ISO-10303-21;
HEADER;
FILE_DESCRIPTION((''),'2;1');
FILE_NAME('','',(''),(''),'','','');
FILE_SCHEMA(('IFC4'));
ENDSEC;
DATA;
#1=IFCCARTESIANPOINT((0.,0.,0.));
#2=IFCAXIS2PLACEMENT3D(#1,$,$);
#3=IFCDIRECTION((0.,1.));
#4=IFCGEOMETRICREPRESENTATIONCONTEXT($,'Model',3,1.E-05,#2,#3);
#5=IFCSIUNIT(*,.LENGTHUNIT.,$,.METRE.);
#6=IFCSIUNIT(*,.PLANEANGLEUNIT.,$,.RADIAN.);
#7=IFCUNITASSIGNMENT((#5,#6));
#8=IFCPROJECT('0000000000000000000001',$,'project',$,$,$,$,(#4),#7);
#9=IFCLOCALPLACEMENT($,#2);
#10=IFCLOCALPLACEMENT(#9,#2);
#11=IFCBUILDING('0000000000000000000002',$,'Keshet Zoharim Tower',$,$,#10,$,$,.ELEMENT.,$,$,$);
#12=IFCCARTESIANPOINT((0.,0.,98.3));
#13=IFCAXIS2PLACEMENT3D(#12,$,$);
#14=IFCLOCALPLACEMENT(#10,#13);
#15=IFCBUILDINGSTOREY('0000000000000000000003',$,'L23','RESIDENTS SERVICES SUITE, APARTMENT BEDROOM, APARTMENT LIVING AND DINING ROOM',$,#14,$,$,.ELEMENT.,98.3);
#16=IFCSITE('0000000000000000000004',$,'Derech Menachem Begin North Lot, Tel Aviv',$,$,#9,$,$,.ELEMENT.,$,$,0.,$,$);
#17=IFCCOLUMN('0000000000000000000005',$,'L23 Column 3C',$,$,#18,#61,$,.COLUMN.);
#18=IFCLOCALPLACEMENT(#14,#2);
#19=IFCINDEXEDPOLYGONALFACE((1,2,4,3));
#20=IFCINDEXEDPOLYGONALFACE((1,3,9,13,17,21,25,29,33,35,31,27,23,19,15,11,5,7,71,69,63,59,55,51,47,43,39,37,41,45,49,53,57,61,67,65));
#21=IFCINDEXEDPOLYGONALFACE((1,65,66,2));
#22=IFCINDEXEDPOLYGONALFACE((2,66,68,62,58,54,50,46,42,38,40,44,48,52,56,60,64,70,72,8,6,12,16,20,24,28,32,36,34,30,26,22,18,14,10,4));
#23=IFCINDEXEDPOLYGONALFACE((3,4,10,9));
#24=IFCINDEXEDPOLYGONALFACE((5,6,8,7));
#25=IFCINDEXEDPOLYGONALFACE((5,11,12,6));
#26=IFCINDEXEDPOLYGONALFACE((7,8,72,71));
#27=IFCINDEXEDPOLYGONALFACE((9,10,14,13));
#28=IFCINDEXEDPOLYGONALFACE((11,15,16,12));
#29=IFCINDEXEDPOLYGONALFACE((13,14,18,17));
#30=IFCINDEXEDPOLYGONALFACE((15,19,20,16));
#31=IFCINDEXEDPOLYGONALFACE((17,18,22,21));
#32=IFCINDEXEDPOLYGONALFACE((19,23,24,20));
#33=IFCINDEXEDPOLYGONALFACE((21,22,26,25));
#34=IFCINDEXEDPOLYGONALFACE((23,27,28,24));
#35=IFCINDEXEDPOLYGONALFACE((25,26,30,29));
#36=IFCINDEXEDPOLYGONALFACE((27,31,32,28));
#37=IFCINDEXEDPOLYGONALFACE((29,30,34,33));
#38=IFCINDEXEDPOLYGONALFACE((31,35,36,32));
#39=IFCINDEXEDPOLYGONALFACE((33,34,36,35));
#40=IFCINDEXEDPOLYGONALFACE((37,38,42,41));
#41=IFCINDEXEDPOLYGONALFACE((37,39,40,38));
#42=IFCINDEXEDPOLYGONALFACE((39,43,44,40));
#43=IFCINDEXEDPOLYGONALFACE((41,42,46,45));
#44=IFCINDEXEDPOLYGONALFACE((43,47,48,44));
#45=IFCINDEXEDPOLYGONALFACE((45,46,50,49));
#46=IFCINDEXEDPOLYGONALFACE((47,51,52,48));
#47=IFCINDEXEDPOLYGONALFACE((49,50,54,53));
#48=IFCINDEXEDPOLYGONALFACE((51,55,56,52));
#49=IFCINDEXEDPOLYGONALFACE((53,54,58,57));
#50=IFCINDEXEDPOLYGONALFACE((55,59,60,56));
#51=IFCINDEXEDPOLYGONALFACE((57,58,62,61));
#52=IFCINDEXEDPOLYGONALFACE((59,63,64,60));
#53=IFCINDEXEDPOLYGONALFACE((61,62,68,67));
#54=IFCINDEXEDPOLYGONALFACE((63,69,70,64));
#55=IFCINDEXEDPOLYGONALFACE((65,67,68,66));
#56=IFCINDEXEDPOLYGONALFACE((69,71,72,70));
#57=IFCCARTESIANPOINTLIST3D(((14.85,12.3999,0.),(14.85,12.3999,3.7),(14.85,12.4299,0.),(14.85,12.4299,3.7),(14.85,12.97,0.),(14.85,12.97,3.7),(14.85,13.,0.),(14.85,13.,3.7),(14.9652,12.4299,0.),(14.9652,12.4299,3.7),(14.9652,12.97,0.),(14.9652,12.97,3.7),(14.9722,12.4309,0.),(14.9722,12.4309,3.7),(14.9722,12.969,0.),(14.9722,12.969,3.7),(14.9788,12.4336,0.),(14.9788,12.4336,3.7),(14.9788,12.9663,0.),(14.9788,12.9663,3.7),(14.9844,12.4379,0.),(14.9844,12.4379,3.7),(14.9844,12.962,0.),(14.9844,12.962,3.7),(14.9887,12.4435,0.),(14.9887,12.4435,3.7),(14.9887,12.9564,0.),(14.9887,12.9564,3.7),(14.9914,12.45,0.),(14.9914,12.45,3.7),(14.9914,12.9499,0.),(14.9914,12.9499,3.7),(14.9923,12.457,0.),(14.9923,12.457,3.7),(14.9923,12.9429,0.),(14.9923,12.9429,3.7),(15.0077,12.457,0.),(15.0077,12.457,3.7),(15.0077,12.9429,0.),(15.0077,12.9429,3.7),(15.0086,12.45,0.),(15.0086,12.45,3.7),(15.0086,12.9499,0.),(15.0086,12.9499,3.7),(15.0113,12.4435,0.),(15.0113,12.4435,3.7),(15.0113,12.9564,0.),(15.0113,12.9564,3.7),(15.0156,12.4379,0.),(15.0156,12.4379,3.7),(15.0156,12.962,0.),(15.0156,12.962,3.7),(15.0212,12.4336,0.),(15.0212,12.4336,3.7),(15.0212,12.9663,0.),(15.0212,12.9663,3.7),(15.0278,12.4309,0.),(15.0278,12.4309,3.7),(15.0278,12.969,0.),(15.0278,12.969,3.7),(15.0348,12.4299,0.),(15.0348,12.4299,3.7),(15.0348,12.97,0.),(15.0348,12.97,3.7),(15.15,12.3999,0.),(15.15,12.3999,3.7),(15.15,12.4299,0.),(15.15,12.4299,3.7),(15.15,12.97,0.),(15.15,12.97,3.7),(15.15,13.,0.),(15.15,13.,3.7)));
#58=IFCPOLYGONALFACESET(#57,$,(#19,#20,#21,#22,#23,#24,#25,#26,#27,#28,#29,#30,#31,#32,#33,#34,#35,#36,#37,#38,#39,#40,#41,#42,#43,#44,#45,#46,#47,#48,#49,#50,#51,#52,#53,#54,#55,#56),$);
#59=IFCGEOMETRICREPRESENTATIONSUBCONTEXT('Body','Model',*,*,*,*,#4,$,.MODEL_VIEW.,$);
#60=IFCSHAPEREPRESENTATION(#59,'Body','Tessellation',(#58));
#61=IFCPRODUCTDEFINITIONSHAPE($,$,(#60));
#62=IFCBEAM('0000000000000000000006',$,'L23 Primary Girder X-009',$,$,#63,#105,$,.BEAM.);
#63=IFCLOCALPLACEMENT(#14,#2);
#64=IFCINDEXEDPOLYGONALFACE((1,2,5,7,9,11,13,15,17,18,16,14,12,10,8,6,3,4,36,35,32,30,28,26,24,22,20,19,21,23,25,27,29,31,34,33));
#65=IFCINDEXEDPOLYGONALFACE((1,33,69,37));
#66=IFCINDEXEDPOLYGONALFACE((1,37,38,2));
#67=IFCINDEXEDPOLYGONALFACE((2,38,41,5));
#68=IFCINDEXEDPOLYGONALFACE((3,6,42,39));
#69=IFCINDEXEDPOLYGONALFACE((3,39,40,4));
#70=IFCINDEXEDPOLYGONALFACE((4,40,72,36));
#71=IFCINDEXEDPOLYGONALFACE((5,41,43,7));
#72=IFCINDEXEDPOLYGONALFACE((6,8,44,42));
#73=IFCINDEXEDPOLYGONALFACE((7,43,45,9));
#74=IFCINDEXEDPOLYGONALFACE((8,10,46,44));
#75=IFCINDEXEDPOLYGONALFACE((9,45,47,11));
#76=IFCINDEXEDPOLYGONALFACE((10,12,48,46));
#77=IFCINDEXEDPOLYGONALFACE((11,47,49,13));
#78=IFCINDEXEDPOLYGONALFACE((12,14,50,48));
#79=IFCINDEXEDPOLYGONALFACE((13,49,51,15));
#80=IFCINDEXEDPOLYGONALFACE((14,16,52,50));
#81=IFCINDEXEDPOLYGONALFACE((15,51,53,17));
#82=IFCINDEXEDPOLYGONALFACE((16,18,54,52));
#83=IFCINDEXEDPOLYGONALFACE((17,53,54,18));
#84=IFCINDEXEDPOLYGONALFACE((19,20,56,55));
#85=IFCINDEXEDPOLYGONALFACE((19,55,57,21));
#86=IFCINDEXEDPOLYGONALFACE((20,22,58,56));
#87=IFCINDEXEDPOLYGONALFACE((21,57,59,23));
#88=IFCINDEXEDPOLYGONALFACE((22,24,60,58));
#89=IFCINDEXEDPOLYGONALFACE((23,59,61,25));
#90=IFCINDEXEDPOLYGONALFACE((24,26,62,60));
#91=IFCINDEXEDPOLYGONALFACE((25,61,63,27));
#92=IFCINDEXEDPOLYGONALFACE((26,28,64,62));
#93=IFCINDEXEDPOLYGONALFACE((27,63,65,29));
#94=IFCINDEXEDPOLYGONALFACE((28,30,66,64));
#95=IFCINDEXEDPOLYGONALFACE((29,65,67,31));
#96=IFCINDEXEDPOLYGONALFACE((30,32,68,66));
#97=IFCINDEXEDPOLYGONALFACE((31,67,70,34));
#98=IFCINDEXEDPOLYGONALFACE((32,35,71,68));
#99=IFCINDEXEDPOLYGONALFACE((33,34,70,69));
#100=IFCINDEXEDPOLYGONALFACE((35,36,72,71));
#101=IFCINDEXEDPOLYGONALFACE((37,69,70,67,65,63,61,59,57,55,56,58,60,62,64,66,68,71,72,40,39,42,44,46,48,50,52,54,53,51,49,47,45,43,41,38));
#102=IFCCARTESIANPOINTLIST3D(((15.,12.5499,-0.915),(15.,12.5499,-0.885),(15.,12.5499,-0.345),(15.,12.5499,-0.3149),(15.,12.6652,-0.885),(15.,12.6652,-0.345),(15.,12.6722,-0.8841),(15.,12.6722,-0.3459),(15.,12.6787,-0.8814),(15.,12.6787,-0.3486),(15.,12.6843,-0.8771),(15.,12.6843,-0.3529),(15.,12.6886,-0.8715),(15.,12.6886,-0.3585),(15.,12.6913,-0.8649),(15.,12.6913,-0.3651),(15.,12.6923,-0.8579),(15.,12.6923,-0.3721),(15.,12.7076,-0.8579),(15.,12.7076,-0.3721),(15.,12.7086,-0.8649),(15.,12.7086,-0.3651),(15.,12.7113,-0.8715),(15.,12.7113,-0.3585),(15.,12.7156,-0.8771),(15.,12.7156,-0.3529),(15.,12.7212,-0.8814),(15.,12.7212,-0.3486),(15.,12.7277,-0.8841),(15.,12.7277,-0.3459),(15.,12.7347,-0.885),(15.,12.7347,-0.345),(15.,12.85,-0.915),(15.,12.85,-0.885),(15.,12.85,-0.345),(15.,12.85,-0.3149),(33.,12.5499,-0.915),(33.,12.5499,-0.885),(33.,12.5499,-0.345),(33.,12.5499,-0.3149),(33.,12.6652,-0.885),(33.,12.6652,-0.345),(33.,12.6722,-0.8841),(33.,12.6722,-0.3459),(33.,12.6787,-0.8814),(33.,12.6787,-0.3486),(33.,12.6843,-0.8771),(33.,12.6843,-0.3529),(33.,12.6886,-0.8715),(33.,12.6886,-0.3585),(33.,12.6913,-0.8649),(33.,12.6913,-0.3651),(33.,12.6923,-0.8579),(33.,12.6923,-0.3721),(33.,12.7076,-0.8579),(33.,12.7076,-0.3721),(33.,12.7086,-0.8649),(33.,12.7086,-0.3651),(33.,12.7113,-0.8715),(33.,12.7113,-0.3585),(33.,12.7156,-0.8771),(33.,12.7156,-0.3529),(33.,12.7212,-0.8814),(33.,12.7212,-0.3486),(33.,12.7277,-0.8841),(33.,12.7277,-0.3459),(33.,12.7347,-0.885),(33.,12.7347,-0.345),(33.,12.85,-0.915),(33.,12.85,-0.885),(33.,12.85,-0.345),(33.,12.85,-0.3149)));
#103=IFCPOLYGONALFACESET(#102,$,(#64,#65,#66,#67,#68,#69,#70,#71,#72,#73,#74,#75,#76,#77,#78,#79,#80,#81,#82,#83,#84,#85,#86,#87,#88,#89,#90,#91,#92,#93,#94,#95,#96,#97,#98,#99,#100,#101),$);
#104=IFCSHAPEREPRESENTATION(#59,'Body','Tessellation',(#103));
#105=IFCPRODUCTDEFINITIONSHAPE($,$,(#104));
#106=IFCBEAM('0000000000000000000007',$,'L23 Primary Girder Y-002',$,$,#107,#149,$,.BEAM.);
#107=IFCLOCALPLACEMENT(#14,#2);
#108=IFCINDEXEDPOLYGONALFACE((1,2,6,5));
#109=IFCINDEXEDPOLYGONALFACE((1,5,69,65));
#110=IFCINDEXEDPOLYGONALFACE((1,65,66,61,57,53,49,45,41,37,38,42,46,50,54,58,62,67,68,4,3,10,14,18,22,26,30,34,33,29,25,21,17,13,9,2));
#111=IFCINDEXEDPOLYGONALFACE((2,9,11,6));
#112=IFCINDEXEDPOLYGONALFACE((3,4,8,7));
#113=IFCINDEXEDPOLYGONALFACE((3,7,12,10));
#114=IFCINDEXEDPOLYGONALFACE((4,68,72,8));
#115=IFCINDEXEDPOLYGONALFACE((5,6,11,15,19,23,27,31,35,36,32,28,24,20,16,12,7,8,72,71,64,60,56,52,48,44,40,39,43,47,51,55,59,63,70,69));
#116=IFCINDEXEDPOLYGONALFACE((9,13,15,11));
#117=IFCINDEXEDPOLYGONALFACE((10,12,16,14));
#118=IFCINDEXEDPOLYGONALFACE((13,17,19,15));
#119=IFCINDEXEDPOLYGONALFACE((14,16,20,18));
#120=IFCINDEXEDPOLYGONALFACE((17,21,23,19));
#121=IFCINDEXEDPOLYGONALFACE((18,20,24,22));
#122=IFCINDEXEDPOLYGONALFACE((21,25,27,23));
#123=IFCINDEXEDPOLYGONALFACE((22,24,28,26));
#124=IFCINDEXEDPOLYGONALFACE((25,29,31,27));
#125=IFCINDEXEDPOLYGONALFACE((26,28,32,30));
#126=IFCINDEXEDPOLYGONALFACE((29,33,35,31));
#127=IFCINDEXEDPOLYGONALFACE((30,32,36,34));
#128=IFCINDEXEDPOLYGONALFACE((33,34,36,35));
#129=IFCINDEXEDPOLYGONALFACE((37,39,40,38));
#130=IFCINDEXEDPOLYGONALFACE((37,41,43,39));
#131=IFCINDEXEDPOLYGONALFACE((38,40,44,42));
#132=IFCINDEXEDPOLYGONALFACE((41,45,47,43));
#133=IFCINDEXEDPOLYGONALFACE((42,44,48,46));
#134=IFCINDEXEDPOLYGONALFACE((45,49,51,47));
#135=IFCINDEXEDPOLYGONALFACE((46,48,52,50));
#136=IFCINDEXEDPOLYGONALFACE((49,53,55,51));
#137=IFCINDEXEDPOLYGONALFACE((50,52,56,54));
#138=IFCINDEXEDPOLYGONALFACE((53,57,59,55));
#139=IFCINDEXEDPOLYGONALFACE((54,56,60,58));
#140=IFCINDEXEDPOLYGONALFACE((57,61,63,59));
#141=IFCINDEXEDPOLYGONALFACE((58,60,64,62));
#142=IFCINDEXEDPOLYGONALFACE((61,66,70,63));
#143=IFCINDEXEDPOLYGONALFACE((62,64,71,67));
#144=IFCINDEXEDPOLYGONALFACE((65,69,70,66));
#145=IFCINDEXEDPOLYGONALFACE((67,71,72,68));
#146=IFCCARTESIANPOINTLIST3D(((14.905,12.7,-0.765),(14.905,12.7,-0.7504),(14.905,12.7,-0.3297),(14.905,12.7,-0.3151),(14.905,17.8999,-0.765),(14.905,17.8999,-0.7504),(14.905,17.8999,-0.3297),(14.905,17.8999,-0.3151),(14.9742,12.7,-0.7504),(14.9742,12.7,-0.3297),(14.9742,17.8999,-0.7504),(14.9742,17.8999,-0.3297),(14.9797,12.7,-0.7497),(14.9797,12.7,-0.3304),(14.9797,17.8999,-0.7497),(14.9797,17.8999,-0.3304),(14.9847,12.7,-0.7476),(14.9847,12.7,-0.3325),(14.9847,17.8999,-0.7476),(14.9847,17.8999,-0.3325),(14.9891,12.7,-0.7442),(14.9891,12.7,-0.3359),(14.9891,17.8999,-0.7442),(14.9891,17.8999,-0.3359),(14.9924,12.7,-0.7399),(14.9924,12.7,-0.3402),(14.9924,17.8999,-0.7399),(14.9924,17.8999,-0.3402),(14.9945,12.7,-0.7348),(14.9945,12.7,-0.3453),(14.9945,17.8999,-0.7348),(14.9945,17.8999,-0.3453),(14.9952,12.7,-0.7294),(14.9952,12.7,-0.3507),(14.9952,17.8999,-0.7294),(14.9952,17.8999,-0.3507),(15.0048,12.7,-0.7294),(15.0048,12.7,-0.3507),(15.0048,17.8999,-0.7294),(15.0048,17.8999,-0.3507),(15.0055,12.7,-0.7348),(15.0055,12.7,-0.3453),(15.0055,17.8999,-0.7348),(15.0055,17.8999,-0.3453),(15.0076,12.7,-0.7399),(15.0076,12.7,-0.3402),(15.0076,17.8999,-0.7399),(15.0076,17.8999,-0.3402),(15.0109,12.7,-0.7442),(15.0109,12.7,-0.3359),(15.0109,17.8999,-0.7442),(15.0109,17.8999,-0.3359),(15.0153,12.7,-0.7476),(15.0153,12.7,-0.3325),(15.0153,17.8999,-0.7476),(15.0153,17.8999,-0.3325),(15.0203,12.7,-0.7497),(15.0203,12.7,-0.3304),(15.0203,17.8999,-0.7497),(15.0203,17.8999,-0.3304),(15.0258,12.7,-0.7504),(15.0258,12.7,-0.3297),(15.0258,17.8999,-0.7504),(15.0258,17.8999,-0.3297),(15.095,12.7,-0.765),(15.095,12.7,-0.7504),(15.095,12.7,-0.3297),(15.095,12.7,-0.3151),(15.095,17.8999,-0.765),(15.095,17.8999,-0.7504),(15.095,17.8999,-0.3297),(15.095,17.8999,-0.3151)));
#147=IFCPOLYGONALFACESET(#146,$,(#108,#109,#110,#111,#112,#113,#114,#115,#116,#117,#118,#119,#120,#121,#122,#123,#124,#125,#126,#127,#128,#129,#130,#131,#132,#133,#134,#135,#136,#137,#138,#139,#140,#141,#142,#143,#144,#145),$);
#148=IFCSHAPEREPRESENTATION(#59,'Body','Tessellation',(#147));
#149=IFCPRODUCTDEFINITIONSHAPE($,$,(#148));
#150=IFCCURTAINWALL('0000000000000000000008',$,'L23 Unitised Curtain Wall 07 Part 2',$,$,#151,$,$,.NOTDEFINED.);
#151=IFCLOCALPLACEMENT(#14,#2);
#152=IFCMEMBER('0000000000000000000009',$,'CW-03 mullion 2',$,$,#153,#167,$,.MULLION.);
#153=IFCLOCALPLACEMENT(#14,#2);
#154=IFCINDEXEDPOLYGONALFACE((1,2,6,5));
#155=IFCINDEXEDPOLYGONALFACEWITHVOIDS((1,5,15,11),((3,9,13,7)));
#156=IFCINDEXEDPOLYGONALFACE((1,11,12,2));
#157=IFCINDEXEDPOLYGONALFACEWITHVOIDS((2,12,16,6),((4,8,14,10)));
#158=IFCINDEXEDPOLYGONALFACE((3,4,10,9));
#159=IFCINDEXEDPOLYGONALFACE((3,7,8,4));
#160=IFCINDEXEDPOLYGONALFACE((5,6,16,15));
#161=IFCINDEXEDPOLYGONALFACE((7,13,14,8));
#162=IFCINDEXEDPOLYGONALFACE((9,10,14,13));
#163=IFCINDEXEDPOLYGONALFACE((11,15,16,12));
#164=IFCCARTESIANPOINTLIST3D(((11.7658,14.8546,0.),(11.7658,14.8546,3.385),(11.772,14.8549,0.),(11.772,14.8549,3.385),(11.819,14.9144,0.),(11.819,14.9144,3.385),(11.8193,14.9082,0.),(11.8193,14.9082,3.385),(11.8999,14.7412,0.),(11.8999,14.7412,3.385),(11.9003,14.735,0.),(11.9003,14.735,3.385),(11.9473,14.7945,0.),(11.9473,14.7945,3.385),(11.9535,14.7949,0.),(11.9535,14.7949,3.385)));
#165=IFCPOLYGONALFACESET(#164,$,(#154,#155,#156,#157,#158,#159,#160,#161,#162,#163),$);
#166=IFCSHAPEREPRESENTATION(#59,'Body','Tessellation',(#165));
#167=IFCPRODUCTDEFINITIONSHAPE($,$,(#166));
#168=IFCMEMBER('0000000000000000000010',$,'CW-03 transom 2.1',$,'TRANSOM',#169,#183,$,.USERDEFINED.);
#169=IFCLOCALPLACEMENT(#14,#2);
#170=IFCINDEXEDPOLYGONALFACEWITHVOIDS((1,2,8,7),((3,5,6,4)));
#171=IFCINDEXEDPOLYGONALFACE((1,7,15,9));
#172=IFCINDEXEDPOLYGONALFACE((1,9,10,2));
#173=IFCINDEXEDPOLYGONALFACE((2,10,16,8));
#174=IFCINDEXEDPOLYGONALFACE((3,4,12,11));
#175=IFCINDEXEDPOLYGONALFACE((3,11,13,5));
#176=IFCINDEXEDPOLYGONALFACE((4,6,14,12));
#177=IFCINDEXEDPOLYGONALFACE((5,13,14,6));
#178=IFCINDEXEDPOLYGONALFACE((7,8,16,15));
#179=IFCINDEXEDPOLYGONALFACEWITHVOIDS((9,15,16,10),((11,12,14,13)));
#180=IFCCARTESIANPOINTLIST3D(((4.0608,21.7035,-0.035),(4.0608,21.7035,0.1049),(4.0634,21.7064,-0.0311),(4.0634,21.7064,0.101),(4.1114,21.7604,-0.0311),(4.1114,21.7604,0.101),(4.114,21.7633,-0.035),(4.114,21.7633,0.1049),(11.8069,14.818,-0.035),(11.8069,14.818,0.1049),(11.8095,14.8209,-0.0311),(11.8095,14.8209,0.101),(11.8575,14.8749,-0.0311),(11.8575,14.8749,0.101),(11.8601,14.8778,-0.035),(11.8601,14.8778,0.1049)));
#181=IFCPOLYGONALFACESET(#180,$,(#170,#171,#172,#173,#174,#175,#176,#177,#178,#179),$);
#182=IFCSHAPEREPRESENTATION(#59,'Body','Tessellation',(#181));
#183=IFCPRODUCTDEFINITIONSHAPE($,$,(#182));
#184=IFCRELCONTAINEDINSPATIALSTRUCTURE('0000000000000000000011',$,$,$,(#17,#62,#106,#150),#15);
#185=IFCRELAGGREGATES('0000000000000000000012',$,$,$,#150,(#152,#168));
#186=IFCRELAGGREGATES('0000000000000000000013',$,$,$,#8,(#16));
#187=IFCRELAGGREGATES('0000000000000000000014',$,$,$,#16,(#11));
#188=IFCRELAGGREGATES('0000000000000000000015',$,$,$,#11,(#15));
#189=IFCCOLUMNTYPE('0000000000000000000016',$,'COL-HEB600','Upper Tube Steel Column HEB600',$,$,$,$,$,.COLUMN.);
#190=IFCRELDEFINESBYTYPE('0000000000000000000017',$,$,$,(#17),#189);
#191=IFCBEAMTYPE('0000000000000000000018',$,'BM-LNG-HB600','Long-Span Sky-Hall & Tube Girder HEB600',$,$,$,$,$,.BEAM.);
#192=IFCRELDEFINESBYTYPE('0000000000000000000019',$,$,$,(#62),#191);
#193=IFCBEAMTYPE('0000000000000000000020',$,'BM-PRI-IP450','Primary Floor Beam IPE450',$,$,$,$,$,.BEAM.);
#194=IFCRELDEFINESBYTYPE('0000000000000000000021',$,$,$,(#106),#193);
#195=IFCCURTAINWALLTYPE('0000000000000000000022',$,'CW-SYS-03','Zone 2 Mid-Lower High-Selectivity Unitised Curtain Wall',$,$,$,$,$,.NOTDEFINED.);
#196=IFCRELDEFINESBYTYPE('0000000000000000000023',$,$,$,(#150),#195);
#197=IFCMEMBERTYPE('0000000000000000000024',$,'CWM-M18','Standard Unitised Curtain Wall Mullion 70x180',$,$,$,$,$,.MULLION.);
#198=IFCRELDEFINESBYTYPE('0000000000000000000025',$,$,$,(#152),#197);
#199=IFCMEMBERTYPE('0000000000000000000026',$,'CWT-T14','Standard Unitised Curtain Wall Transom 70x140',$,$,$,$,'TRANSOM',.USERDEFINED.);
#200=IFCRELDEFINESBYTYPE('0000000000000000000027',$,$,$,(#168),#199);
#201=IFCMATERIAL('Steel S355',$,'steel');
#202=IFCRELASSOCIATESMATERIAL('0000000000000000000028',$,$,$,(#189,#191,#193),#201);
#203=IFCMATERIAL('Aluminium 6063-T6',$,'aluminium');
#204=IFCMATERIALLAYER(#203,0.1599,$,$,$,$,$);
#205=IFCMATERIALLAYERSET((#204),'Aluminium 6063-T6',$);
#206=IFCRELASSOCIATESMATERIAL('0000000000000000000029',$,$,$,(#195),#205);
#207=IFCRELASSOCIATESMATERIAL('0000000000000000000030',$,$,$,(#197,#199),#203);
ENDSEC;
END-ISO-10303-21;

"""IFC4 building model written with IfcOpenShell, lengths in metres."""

from ifc_helpers import new_model, si_unit, direction, frame, origin, origin_2d, place, context, subcontext, project, spatial, hollow_rectangle, i_section, extrude, material, layer, layer_set, material_profile, profile_set, type_object, element, aggregate, save


model = new_model("IFC4")

# Units and contexts
model_context = context("Model", 3, precision=1e-05, world=origin(), true_north=direction((0.0, 1.0)))
body_context = subcontext(model_context, "Body", "Model", "MODEL_VIEW")
ifc_project = project(units=[si_unit("LENGTHUNIT", "METRE"), si_unit("PLANEANGLEUNIT", "RADIAN")], contexts=[model_context])

# Site, building, storey
site_placement = place(None, origin())
site = spatial("IfcSite", under=ifc_project, at=site_placement, Name="Derech Menachem Begin North Lot, Tel Aviv", CompositionType="ELEMENT", RefElevation=0.0)
building_placement = place(site_placement, origin())
building = spatial("IfcBuilding", under=site, at=building_placement, Name="Keshet Zoharim Tower", CompositionType="ELEMENT")
storey_placement = place(building_placement, frame((0.0, 0.0, 98.3)))
storey = spatial("IfcBuildingStorey", under=building, at=storey_placement, Name="L23", Description="RESIDENTS SERVICES SUITE, APARTMENT BEDROOM, APARTMENT LIVING AND DINING ROOM", CompositionType="ELEMENT", Elevation=98.3)

# Column
ifc_material_1 = material(Name="Steel S355", Category="steel")
ifc_material_profile_1 = material_profile(ifc_material_1, i_section(OverallWidth=0.3, OverallDepth=0.6001, WebThickness=0.0154, FlangeThickness=0.03, FilletRadius=0.0271, at=origin_2d()), Name="HEB600")
ifc_profile_set_1 = profile_set([ifc_material_profile_1], Name="Steel S355")
column_type = type_object("IfcColumnType", Name="COL-HEB600", Description="Upper Tube Steel Column HEB600", PredefinedType="COLUMN", material=ifc_profile_set_1)
column_placement = place(storey_placement, frame((15.0, 12.7, 0.0), z_axis=(0.0, 0.0, 1.0), x_axis=(1.0, 0.0, 0.0)))
element("IfcColumn", 1, at=column_placement, inside=storey, type_object=column_type, Name="L23 Column 3C", PredefinedType="COLUMN", context=body_context, shape_type="SweptSolid", body=[
    extrude(i_section(OverallWidth=0.3, OverallDepth=0.6001, WebThickness=0.0154, FlangeThickness=0.03, FilletRadius=0.0271, at=origin_2d()), origin(), (0.0, 0.0, 1.0), 3.7),
])

# Beams
ifc_material_profile_2 = material_profile(ifc_material_1, i_section(OverallWidth=0.3, OverallDepth=0.6001, WebThickness=0.0154, FlangeThickness=0.03, FilletRadius=0.0271, at=origin_2d()), Name="HEB600")
ifc_profile_set_2 = profile_set([ifc_material_profile_2], Name="Steel S355")
beam_type_1 = type_object("IfcBeamType", Name="BM-LNG-HB600", Description="Long-Span Sky-Hall & Tube Girder HEB600", PredefinedType="BEAM", material=ifc_profile_set_2)
beam_1_placement = place(storey_placement, frame((15.0, 12.7, -0.615), z_axis=(1.0, 0.0, 0.0), x_axis=(0.0, 1.0, 0.0)))
element("IfcBeam", 2, at=beam_1_placement, inside=storey, type_object=beam_type_1, Name="L23 Primary Girder X-009", PredefinedType="BEAM", context=body_context, shape_type="SweptSolid", body=[
    extrude(i_section(OverallWidth=0.3, OverallDepth=0.6001, WebThickness=0.0154, FlangeThickness=0.03, FilletRadius=0.0271, at=origin_2d()), origin(), (0.0, 0.0, 1.0), 18.0),
])
ifc_material_profile_3 = material_profile(ifc_material_1, i_section(OverallWidth=0.1899, OverallDepth=0.45, WebThickness=0.0095, FlangeThickness=0.0146, FilletRadius=0.021, at=origin_2d()), Name="IPE450")
ifc_profile_set_3 = profile_set([ifc_material_profile_3], Name="Steel S355")
beam_type_2 = type_object("IfcBeamType", Name="BM-PRI-IP450", Description="Primary Floor Beam IPE450", PredefinedType="BEAM", material=ifc_profile_set_3)
beam_2_placement = place(storey_placement, frame((15.0, 12.7, -0.54), z_axis=(0.0, 1.0, 0.0), x_axis=(-1.0, 0.0, 0.0)))
element("IfcBeam", 3, at=beam_2_placement, inside=storey, type_object=beam_type_2, Name="L23 Primary Girder Y-002", PredefinedType="BEAM", context=body_context, shape_type="SweptSolid", body=[
    extrude(i_section(OverallWidth=0.1899, OverallDepth=0.45, WebThickness=0.0095, FlangeThickness=0.0146, FilletRadius=0.021, at=origin_2d()), origin(), (0.0, 0.0, 1.0), 5.2),
])

# Curtain wall, members
ifc_material_2 = material(Name="Aluminium 6063-T6", Category="aluminium")
ifc_layer_1 = layer(ifc_material_2, 0.1599)
ifc_layer_set_1 = layer_set([ifc_layer_1], Name="Aluminium 6063-T6")
curtain_wall_type = type_object("IfcCurtainWallType", Name="CW-SYS-03", Description="Zone 2 Mid-Lower High-Selectivity Unitised Curtain Wall", PredefinedType="NOTDEFINED", material=ifc_layer_set_1)
curtain_wall_placement = place(storey_placement, origin())
curtain_wall = element("IfcCurtainWall", 4, at=curtain_wall_placement, inside=storey, type_object=curtain_wall_type, Name="L23 Unitised Curtain Wall 07 Part 2", PredefinedType="NOTDEFINED")
ifc_material_profile_4 = material_profile(ifc_material_2, hollow_rectangle(XDim=0.0801, YDim=0.1799, WallThickness=0.0044, at=origin_2d()), Name="MUL-80x180")
ifc_profile_set_4 = profile_set([ifc_material_profile_4], Name="Aluminium 6063-T6")
member_type_1 = type_object("IfcMemberType", Name="CWM-M18", Description="Standard Unitised Curtain Wall Mullion 70x180", PredefinedType="MULLION", material=ifc_profile_set_4)
member_1_placement = place(storey_placement, frame((11.8596, 14.8247, 0.0), z_axis=(0.0, 0.0, 1.0), x_axis=(-0.664364, -0.747409, 0.0)))
member_1 = element("IfcMember", 5, at=member_1_placement, type_object=member_type_1, Name="CW-03 mullion 2", PredefinedType="MULLION", context=body_context, shape_type="SweptSolid", body=[
    extrude(hollow_rectangle(XDim=0.0801, YDim=0.1799, WallThickness=0.0044, at=origin_2d()), origin(), (0.0, 0.0, 1.0), 3.385),
])
ifc_material_profile_5 = material_profile(ifc_material_2, hollow_rectangle(XDim=0.0801, YDim=0.1399, WallThickness=0.0039, at=origin_2d()), Name="TRN-80x140")
ifc_profile_set_5 = profile_set([ifc_material_profile_5], Name="Aluminium 6063-T6")
member_type_2 = type_object("IfcMemberType", Name="CWT-T14", Description="Standard Unitised Curtain Wall Transom 70x140", ElementType="TRANSOM", PredefinedType="USERDEFINED", material=ifc_profile_set_5)
member_2_placement = place(storey_placement, frame((11.8335, 14.8479, 0.0349), z_axis=(-0.747405, 0.664368, 0.0), x_axis=(-0.664368, -0.747405, 0.0)))
member_2 = element("IfcMember", 6, at=member_2_placement, type_object=member_type_2, Name="CW-03 transom 2.1", ObjectType="TRANSOM", PredefinedType="USERDEFINED", context=body_context, shape_type="SweptSolid", body=[
    extrude(hollow_rectangle(XDim=0.0801, YDim=0.1399, WallThickness=0.0039, at=origin_2d()), origin(), (0.0, 0.0, 1.0), 10.364),
])
aggregate(curtain_wall, [member_1, member_2])

save(model, "model.ifc")
